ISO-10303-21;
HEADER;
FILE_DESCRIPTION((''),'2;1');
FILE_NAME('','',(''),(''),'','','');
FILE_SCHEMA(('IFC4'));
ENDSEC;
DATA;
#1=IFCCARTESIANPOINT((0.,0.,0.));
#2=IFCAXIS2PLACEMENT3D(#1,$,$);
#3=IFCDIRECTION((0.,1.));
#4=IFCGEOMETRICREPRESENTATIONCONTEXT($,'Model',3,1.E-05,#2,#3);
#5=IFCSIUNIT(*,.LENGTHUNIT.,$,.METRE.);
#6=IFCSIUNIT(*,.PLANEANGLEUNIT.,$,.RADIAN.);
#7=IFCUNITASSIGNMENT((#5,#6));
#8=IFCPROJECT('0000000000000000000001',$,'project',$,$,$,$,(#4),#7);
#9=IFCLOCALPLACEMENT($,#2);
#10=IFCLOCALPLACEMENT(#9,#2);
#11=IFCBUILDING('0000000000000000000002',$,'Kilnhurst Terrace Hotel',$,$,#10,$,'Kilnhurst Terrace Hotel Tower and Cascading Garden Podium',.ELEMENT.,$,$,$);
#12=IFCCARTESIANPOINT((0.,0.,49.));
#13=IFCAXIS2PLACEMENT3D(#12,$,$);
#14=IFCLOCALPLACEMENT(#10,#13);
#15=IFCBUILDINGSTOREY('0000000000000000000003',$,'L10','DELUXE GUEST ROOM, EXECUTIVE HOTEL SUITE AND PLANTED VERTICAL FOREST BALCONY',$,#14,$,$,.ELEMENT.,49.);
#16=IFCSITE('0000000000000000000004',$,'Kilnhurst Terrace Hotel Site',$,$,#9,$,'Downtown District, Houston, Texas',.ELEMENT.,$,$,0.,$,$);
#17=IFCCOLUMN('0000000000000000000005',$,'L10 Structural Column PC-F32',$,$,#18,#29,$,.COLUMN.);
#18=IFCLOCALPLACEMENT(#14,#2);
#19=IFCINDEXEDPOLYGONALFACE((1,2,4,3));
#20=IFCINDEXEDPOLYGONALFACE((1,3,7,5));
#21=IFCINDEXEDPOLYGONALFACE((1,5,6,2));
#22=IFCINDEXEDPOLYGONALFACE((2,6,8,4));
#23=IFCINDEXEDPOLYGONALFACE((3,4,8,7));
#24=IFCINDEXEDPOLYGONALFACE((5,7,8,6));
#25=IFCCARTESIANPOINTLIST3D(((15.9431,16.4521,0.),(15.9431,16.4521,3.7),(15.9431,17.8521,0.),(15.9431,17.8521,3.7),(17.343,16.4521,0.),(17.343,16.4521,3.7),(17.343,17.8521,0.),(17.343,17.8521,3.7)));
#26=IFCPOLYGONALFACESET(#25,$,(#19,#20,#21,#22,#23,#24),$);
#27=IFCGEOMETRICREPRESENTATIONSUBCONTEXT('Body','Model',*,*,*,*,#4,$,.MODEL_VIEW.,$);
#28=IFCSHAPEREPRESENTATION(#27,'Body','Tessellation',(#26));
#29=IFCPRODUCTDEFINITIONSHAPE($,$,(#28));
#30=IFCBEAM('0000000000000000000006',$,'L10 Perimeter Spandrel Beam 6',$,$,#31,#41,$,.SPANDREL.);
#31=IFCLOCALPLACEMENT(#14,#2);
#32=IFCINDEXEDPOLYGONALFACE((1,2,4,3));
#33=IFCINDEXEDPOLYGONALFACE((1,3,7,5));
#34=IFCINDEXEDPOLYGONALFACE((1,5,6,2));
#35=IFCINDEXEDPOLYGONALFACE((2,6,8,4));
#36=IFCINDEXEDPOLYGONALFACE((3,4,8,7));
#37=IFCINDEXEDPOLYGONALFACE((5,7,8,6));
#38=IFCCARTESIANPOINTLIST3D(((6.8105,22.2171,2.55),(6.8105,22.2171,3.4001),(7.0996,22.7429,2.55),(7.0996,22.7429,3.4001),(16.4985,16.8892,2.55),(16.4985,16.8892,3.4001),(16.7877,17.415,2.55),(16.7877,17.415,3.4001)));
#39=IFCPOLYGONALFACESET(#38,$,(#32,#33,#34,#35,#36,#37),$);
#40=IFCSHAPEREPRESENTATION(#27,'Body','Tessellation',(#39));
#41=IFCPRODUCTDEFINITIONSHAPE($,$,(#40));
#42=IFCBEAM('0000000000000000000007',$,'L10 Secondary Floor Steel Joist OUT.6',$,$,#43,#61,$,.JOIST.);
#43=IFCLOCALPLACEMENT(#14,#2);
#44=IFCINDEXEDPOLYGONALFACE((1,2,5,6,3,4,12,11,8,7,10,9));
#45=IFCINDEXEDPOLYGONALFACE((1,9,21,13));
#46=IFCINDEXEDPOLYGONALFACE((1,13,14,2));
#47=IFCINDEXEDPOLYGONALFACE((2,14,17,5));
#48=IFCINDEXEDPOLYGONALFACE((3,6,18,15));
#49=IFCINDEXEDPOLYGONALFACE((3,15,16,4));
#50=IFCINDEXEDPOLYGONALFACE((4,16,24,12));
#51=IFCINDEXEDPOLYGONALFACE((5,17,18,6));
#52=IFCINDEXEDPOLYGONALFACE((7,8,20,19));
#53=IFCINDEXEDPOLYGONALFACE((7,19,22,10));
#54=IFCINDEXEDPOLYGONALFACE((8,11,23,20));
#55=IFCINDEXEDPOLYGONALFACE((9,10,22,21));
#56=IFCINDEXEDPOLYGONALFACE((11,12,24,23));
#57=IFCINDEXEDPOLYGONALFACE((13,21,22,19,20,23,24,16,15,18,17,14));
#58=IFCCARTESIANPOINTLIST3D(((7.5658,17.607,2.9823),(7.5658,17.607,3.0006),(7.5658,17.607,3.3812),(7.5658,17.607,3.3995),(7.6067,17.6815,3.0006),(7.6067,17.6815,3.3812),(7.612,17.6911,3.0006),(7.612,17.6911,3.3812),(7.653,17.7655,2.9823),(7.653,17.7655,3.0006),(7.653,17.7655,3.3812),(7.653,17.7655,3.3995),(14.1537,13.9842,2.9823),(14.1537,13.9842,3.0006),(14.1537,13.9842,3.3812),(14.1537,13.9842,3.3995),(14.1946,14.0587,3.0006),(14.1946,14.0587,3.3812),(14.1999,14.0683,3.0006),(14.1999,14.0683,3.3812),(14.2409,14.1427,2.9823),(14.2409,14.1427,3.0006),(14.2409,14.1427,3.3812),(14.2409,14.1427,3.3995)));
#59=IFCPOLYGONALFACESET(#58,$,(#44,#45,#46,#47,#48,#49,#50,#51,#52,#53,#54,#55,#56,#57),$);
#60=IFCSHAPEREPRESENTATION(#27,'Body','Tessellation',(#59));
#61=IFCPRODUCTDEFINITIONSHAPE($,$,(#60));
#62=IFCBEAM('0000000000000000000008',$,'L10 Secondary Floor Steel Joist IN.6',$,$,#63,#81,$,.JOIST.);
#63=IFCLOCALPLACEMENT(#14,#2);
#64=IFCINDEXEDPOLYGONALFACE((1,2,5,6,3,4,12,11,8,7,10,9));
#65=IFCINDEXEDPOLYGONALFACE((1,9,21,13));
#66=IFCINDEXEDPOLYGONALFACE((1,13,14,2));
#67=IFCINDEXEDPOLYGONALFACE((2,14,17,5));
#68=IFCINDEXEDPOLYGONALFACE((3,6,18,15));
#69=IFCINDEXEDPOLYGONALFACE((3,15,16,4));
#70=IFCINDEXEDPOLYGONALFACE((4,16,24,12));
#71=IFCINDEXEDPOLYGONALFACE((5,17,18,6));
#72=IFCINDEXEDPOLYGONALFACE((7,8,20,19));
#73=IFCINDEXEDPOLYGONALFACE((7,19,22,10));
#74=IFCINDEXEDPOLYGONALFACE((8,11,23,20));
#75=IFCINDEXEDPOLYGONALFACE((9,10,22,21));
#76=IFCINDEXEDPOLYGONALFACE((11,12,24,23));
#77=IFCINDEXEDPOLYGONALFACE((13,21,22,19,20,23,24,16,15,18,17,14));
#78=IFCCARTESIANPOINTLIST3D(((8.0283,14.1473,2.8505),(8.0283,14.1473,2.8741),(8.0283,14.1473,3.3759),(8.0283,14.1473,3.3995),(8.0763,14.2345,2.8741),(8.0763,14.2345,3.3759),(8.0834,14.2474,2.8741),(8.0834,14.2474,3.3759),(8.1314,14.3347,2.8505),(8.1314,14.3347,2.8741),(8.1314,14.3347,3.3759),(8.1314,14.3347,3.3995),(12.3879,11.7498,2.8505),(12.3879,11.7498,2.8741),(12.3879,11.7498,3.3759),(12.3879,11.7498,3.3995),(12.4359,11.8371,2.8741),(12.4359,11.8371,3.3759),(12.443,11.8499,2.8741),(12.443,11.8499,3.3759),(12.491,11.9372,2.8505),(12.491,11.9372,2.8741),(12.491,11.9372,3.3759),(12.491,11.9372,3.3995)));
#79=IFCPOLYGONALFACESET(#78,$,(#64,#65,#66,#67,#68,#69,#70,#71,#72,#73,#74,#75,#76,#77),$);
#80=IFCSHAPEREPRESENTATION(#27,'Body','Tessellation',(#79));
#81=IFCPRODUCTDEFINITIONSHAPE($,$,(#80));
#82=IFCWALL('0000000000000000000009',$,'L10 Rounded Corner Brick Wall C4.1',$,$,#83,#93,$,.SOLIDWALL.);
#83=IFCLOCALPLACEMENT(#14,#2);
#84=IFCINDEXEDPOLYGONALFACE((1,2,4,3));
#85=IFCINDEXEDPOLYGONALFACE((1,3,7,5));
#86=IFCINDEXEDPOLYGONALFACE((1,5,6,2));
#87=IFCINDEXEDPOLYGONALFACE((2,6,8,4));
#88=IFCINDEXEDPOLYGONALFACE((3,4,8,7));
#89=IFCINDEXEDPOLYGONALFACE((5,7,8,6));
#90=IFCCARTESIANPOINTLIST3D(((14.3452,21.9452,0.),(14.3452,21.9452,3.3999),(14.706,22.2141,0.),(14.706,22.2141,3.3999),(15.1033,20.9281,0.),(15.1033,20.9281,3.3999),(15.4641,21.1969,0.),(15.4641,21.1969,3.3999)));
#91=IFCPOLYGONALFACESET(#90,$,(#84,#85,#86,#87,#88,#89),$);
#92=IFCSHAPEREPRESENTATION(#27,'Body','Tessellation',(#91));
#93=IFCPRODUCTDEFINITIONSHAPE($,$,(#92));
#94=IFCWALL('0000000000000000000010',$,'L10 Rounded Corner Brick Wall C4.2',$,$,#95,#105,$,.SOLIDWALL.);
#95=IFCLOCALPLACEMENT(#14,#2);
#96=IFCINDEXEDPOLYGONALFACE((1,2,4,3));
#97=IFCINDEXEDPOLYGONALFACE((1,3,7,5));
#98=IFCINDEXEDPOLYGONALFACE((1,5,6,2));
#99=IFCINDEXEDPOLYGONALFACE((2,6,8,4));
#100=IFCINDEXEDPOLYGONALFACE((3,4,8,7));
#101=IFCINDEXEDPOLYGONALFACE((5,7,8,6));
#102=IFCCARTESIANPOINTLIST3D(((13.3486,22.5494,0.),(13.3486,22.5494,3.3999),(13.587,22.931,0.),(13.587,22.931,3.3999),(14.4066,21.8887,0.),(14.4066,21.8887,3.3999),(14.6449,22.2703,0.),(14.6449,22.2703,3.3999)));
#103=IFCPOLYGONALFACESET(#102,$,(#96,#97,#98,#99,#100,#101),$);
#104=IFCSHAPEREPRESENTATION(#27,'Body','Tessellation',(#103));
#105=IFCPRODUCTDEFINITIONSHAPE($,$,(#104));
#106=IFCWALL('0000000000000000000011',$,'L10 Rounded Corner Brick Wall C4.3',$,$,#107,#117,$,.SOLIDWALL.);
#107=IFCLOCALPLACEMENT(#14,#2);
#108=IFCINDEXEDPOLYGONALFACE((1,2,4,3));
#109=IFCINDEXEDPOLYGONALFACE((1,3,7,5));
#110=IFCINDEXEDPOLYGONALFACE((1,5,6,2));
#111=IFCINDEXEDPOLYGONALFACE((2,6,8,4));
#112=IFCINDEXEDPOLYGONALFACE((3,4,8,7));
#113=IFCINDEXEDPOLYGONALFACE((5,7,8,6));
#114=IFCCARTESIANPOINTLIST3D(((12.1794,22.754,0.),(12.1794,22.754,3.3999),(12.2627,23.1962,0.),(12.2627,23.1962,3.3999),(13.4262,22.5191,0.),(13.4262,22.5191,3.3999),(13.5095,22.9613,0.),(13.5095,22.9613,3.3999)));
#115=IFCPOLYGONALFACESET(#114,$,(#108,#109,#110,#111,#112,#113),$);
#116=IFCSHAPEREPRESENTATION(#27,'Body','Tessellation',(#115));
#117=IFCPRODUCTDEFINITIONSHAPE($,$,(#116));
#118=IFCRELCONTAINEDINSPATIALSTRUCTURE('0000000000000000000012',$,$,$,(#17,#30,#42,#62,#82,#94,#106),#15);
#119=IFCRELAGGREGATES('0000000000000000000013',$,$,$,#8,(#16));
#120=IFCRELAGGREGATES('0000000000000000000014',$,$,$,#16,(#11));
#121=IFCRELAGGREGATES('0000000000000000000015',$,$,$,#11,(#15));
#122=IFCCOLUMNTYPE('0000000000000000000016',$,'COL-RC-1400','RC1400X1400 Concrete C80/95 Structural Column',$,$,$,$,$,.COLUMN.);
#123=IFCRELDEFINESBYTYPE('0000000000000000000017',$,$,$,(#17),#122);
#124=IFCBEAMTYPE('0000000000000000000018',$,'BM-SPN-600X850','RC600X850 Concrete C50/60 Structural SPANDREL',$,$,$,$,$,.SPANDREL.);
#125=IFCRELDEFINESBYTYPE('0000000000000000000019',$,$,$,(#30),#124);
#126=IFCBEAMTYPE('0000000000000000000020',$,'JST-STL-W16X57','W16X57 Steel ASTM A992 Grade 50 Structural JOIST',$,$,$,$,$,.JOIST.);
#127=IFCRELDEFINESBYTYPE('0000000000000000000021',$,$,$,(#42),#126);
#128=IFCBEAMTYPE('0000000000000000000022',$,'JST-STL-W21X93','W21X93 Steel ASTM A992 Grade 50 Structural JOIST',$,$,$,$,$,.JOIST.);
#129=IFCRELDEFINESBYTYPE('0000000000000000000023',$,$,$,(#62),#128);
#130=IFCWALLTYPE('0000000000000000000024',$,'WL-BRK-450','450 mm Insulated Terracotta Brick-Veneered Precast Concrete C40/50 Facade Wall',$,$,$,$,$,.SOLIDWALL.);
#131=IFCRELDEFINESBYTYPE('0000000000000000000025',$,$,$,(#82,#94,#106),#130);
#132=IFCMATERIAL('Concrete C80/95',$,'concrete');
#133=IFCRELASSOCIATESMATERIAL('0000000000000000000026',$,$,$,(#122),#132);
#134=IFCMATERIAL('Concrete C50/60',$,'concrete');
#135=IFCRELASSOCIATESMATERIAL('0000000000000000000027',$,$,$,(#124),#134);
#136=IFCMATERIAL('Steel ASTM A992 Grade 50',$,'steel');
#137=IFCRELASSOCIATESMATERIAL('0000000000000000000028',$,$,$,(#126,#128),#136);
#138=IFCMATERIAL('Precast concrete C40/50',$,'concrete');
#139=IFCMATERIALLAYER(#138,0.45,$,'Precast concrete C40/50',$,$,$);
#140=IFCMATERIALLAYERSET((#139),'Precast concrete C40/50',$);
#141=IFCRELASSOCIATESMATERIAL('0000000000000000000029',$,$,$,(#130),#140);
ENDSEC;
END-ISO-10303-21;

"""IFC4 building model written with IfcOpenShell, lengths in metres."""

from ifc_helpers import new_model, si_unit, direction, frame, frame_2d, origin, origin_2d, place, context, subcontext, project, spatial, rectangle, i_section, extrude, material, layer, layer_set, material_profile, profile_set, type_object, element, save


model = new_model("IFC4")

# Units and contexts
model_context = context("Model", 3, precision=1e-05, world=origin(), true_north=direction((0.0, 1.0)))
body_context = subcontext(model_context, "Body", "Model", "MODEL_VIEW")
ifc_project = project(units=[si_unit("LENGTHUNIT", "METRE"), si_unit("PLANEANGLEUNIT", "RADIAN")], contexts=[model_context])

# Site, building, storey
site_placement = place(None, origin())
site = spatial("IfcSite", under=ifc_project, at=site_placement, Name="Kilnhurst Terrace Hotel Site", LongName="Downtown District, Houston, Texas", CompositionType="ELEMENT", RefElevation=0.0)
building_placement = place(site_placement, origin())
building = spatial("IfcBuilding", under=site, at=building_placement, Name="Kilnhurst Terrace Hotel", LongName="Kilnhurst Terrace Hotel Tower and Cascading Garden Podium", CompositionType="ELEMENT")
storey_placement = place(building_placement, frame((0.0, 0.0, 49.0)))
storey = spatial("IfcBuildingStorey", under=building, at=storey_placement, Name="L10", Description="DELUXE GUEST ROOM, EXECUTIVE HOTEL SUITE AND PLANTED VERTICAL FOREST BALCONY", CompositionType="ELEMENT", Elevation=49.0)

# Column
ifc_material_1 = material(Name="Concrete C80/95", Category="concrete")
ifc_material_profile_1 = material_profile(ifc_material_1, rectangle(XDim=1.3999, YDim=1.3999, at=origin_2d()), Name="RC1400X1400")
ifc_profile_set_1 = profile_set([ifc_material_profile_1], Name="Concrete C80/95")
column_type = type_object("IfcColumnType", Name="COL-RC-1400", Description="RC1400X1400 Concrete C80/95 Structural Column", PredefinedType="COLUMN", material=ifc_profile_set_1)
column_placement = place(storey_placement, frame((16.6431, 17.1521, 0.0), z_axis=(0.0, 0.0, 1.0), x_axis=(1.0, 0.0, 0.0)))
element("IfcColumn", 1, at=column_placement, inside=storey, type_object=column_type, Name="L10 Structural Column PC-F32", PredefinedType="COLUMN", context=body_context, shape_type="SweptSolid", body=[
    extrude(rectangle(XDim=1.3999, YDim=1.3999, at=origin_2d()), origin(), (0.0, 0.0, 1.0), 3.7),
])

# Beams
ifc_material_2 = material(Name="Concrete C50/60", Category="concrete")
ifc_material_profile_2 = material_profile(ifc_material_2, rectangle(XDim=0.6001, YDim=0.8501, at=origin_2d()), Name="RC600X850")
ifc_profile_set_2 = profile_set([ifc_material_profile_2], Name="Concrete C50/60")
beam_type_1 = type_object("IfcBeamType", Name="BM-SPN-600X850", Description="RC600X850 Concrete C50/60 Structural SPANDREL", PredefinedType="SPANDREL", material=ifc_profile_set_2)
beam_1_placement = place(storey_placement, frame((16.6431, 17.1521, 2.9751), z_axis=(-0.876235, 0.481883, 0.0), x_axis=(-0.481883, -0.876235, 0.0)))
element("IfcBeam", 2, at=beam_1_placement, inside=storey, type_object=beam_type_1, Name="L10 Perimeter Spandrel Beam 6", PredefinedType="SPANDREL", context=body_context, shape_type="SweptSolid", body=[
    extrude(rectangle(XDim=0.6001, YDim=0.8501, at=origin_2d()), origin(), (0.0, 0.0, 1.0), 11.0564),
])
ifc_material_3 = material(Name="Steel ASTM A992 Grade 50", Category="steel")
ifc_material_profile_3 = material_profile(ifc_material_3, i_section(OverallWidth=0.1809, OverallDepth=0.4172, WebThickness=0.011, FlangeThickness=0.0183, at=origin_2d()), Name="W16X57")
ifc_profile_set_3 = profile_set([ifc_material_profile_3], Name="Steel ASTM A992 Grade 50")
beam_type_2 = type_object("IfcBeamType", Name="JST-STL-W16X57", Description="W16X57 Steel ASTM A992 Grade 50 Structural JOIST", PredefinedType="JOIST", material=ifc_profile_set_3)
beam_2_placement = place(storey_placement, frame((14.1973, 14.0635, 3.1909), z_axis=(-0.876246, 0.481864, 0.0), x_axis=(-0.481864, -0.876246, 0.0)))
element("IfcBeam", 3, at=beam_2_placement, inside=storey, type_object=beam_type_2, Name="L10 Secondary Floor Steel Joist OUT.6", PredefinedType="JOIST", context=body_context, shape_type="SweptSolid", body=[
    extrude(i_section(OverallWidth=0.1809, OverallDepth=0.4172, WebThickness=0.011, FlangeThickness=0.0183, at=origin_2d()), origin(), (0.0, 0.0, 1.0), 7.5183),
])
ifc_material_profile_4 = material_profile(ifc_material_3, i_section(OverallWidth=0.2139, OverallDepth=0.5491, WebThickness=0.0146, FlangeThickness=0.0237, at=origin_2d()), Name="W21X93")
ifc_profile_set_4 = profile_set([ifc_material_profile_4], Name="Steel ASTM A992 Grade 50")
beam_type_3 = type_object("IfcBeamType", Name="JST-STL-W21X93", Description="W21X93 Steel ASTM A992 Grade 50 Structural JOIST", PredefinedType="JOIST", material=ifc_profile_set_4)
beam_3_placement = place(storey_placement, frame((12.4395, 11.8435, 3.125), z_axis=(-0.876244, 0.481868, 0.0), x_axis=(-0.481868, -0.876244, 0.0)))
element("IfcBeam", 4, at=beam_3_placement, inside=storey, type_object=beam_type_3, Name="L10 Secondary Floor Steel Joist IN.6", PredefinedType="JOIST", context=body_context, shape_type="SweptSolid", body=[
    extrude(i_section(OverallWidth=0.2139, OverallDepth=0.5491, WebThickness=0.0146, FlangeThickness=0.0237, at=origin_2d()), origin(), (0.0, 0.0, 1.0), 4.9753),
])

# Walls
ifc_material_4 = material(Name="Precast concrete C40/50", Category="concrete")
ifc_layer_1 = layer(ifc_material_4, 0.45, Name="Precast concrete C40/50")
ifc_layer_set_1 = layer_set([ifc_layer_1], Name="Precast concrete C40/50")
wall_type_1 = type_object("IfcWallType", Name="WL-BRK-450", Description="450 mm Insulated Terracotta Brick-Veneered Precast Concrete C40/50 Facade Wall", PredefinedType="SOLIDWALL", material=ifc_layer_set_1)
wall_1_placement = place(storey_placement, frame((15.2837, 21.0625, 0.0), z_axis=(0.0, 0.0, 1.0), x_axis=(-0.597595, 0.801798, 0.0)))
element("IfcWall", 5, at=wall_1_placement, inside=storey, type_object=wall_type_1, Name="L10 Rounded Corner Brick Wall C4.1", PredefinedType="SOLIDWALL", context=body_context, shape_type="SweptSolid", body=[
    extrude(rectangle(XDim=1.2686, YDim=0.45, at=frame_2d((0.6343, 0.0))), origin(), (0.0, 0.0, 1.0), 3.3999),
])
wall_2_placement = place(storey_placement, frame((14.5256, 22.0796, 0.0), z_axis=(0.0, 0.0, 1.0), x_axis=(-0.848185, 0.5297, 0.0)))
element("IfcWall", 6, at=wall_2_placement, inside=storey, type_object=wall_type_1, Name="L10 Rounded Corner Brick Wall C4.2", PredefinedType="SOLIDWALL", context=body_context, shape_type="SweptSolid", body=[
    extrude(rectangle(XDim=1.2473, YDim=0.45, at=frame_2d((0.6235, 0.0))), origin(), (0.0, 0.0, 1.0), 3.3999),
])
wall_3_placement = place(storey_placement, frame((13.4678, 22.7402, 0.0), z_axis=(0.0, 0.0, 1.0), x_axis=(-0.982717, 0.185113, 0.0)))
element("IfcWall", 7, at=wall_3_placement, inside=storey, type_object=wall_type_1, Name="L10 Rounded Corner Brick Wall C4.3", PredefinedType="SOLIDWALL", context=body_context, shape_type="SweptSolid", body=[
    extrude(rectangle(XDim=1.2688, YDim=0.45, at=frame_2d((0.6343, 0.0))), origin(), (0.0, 0.0, 1.0), 3.3999),
])

save(model, "model.ifc")
